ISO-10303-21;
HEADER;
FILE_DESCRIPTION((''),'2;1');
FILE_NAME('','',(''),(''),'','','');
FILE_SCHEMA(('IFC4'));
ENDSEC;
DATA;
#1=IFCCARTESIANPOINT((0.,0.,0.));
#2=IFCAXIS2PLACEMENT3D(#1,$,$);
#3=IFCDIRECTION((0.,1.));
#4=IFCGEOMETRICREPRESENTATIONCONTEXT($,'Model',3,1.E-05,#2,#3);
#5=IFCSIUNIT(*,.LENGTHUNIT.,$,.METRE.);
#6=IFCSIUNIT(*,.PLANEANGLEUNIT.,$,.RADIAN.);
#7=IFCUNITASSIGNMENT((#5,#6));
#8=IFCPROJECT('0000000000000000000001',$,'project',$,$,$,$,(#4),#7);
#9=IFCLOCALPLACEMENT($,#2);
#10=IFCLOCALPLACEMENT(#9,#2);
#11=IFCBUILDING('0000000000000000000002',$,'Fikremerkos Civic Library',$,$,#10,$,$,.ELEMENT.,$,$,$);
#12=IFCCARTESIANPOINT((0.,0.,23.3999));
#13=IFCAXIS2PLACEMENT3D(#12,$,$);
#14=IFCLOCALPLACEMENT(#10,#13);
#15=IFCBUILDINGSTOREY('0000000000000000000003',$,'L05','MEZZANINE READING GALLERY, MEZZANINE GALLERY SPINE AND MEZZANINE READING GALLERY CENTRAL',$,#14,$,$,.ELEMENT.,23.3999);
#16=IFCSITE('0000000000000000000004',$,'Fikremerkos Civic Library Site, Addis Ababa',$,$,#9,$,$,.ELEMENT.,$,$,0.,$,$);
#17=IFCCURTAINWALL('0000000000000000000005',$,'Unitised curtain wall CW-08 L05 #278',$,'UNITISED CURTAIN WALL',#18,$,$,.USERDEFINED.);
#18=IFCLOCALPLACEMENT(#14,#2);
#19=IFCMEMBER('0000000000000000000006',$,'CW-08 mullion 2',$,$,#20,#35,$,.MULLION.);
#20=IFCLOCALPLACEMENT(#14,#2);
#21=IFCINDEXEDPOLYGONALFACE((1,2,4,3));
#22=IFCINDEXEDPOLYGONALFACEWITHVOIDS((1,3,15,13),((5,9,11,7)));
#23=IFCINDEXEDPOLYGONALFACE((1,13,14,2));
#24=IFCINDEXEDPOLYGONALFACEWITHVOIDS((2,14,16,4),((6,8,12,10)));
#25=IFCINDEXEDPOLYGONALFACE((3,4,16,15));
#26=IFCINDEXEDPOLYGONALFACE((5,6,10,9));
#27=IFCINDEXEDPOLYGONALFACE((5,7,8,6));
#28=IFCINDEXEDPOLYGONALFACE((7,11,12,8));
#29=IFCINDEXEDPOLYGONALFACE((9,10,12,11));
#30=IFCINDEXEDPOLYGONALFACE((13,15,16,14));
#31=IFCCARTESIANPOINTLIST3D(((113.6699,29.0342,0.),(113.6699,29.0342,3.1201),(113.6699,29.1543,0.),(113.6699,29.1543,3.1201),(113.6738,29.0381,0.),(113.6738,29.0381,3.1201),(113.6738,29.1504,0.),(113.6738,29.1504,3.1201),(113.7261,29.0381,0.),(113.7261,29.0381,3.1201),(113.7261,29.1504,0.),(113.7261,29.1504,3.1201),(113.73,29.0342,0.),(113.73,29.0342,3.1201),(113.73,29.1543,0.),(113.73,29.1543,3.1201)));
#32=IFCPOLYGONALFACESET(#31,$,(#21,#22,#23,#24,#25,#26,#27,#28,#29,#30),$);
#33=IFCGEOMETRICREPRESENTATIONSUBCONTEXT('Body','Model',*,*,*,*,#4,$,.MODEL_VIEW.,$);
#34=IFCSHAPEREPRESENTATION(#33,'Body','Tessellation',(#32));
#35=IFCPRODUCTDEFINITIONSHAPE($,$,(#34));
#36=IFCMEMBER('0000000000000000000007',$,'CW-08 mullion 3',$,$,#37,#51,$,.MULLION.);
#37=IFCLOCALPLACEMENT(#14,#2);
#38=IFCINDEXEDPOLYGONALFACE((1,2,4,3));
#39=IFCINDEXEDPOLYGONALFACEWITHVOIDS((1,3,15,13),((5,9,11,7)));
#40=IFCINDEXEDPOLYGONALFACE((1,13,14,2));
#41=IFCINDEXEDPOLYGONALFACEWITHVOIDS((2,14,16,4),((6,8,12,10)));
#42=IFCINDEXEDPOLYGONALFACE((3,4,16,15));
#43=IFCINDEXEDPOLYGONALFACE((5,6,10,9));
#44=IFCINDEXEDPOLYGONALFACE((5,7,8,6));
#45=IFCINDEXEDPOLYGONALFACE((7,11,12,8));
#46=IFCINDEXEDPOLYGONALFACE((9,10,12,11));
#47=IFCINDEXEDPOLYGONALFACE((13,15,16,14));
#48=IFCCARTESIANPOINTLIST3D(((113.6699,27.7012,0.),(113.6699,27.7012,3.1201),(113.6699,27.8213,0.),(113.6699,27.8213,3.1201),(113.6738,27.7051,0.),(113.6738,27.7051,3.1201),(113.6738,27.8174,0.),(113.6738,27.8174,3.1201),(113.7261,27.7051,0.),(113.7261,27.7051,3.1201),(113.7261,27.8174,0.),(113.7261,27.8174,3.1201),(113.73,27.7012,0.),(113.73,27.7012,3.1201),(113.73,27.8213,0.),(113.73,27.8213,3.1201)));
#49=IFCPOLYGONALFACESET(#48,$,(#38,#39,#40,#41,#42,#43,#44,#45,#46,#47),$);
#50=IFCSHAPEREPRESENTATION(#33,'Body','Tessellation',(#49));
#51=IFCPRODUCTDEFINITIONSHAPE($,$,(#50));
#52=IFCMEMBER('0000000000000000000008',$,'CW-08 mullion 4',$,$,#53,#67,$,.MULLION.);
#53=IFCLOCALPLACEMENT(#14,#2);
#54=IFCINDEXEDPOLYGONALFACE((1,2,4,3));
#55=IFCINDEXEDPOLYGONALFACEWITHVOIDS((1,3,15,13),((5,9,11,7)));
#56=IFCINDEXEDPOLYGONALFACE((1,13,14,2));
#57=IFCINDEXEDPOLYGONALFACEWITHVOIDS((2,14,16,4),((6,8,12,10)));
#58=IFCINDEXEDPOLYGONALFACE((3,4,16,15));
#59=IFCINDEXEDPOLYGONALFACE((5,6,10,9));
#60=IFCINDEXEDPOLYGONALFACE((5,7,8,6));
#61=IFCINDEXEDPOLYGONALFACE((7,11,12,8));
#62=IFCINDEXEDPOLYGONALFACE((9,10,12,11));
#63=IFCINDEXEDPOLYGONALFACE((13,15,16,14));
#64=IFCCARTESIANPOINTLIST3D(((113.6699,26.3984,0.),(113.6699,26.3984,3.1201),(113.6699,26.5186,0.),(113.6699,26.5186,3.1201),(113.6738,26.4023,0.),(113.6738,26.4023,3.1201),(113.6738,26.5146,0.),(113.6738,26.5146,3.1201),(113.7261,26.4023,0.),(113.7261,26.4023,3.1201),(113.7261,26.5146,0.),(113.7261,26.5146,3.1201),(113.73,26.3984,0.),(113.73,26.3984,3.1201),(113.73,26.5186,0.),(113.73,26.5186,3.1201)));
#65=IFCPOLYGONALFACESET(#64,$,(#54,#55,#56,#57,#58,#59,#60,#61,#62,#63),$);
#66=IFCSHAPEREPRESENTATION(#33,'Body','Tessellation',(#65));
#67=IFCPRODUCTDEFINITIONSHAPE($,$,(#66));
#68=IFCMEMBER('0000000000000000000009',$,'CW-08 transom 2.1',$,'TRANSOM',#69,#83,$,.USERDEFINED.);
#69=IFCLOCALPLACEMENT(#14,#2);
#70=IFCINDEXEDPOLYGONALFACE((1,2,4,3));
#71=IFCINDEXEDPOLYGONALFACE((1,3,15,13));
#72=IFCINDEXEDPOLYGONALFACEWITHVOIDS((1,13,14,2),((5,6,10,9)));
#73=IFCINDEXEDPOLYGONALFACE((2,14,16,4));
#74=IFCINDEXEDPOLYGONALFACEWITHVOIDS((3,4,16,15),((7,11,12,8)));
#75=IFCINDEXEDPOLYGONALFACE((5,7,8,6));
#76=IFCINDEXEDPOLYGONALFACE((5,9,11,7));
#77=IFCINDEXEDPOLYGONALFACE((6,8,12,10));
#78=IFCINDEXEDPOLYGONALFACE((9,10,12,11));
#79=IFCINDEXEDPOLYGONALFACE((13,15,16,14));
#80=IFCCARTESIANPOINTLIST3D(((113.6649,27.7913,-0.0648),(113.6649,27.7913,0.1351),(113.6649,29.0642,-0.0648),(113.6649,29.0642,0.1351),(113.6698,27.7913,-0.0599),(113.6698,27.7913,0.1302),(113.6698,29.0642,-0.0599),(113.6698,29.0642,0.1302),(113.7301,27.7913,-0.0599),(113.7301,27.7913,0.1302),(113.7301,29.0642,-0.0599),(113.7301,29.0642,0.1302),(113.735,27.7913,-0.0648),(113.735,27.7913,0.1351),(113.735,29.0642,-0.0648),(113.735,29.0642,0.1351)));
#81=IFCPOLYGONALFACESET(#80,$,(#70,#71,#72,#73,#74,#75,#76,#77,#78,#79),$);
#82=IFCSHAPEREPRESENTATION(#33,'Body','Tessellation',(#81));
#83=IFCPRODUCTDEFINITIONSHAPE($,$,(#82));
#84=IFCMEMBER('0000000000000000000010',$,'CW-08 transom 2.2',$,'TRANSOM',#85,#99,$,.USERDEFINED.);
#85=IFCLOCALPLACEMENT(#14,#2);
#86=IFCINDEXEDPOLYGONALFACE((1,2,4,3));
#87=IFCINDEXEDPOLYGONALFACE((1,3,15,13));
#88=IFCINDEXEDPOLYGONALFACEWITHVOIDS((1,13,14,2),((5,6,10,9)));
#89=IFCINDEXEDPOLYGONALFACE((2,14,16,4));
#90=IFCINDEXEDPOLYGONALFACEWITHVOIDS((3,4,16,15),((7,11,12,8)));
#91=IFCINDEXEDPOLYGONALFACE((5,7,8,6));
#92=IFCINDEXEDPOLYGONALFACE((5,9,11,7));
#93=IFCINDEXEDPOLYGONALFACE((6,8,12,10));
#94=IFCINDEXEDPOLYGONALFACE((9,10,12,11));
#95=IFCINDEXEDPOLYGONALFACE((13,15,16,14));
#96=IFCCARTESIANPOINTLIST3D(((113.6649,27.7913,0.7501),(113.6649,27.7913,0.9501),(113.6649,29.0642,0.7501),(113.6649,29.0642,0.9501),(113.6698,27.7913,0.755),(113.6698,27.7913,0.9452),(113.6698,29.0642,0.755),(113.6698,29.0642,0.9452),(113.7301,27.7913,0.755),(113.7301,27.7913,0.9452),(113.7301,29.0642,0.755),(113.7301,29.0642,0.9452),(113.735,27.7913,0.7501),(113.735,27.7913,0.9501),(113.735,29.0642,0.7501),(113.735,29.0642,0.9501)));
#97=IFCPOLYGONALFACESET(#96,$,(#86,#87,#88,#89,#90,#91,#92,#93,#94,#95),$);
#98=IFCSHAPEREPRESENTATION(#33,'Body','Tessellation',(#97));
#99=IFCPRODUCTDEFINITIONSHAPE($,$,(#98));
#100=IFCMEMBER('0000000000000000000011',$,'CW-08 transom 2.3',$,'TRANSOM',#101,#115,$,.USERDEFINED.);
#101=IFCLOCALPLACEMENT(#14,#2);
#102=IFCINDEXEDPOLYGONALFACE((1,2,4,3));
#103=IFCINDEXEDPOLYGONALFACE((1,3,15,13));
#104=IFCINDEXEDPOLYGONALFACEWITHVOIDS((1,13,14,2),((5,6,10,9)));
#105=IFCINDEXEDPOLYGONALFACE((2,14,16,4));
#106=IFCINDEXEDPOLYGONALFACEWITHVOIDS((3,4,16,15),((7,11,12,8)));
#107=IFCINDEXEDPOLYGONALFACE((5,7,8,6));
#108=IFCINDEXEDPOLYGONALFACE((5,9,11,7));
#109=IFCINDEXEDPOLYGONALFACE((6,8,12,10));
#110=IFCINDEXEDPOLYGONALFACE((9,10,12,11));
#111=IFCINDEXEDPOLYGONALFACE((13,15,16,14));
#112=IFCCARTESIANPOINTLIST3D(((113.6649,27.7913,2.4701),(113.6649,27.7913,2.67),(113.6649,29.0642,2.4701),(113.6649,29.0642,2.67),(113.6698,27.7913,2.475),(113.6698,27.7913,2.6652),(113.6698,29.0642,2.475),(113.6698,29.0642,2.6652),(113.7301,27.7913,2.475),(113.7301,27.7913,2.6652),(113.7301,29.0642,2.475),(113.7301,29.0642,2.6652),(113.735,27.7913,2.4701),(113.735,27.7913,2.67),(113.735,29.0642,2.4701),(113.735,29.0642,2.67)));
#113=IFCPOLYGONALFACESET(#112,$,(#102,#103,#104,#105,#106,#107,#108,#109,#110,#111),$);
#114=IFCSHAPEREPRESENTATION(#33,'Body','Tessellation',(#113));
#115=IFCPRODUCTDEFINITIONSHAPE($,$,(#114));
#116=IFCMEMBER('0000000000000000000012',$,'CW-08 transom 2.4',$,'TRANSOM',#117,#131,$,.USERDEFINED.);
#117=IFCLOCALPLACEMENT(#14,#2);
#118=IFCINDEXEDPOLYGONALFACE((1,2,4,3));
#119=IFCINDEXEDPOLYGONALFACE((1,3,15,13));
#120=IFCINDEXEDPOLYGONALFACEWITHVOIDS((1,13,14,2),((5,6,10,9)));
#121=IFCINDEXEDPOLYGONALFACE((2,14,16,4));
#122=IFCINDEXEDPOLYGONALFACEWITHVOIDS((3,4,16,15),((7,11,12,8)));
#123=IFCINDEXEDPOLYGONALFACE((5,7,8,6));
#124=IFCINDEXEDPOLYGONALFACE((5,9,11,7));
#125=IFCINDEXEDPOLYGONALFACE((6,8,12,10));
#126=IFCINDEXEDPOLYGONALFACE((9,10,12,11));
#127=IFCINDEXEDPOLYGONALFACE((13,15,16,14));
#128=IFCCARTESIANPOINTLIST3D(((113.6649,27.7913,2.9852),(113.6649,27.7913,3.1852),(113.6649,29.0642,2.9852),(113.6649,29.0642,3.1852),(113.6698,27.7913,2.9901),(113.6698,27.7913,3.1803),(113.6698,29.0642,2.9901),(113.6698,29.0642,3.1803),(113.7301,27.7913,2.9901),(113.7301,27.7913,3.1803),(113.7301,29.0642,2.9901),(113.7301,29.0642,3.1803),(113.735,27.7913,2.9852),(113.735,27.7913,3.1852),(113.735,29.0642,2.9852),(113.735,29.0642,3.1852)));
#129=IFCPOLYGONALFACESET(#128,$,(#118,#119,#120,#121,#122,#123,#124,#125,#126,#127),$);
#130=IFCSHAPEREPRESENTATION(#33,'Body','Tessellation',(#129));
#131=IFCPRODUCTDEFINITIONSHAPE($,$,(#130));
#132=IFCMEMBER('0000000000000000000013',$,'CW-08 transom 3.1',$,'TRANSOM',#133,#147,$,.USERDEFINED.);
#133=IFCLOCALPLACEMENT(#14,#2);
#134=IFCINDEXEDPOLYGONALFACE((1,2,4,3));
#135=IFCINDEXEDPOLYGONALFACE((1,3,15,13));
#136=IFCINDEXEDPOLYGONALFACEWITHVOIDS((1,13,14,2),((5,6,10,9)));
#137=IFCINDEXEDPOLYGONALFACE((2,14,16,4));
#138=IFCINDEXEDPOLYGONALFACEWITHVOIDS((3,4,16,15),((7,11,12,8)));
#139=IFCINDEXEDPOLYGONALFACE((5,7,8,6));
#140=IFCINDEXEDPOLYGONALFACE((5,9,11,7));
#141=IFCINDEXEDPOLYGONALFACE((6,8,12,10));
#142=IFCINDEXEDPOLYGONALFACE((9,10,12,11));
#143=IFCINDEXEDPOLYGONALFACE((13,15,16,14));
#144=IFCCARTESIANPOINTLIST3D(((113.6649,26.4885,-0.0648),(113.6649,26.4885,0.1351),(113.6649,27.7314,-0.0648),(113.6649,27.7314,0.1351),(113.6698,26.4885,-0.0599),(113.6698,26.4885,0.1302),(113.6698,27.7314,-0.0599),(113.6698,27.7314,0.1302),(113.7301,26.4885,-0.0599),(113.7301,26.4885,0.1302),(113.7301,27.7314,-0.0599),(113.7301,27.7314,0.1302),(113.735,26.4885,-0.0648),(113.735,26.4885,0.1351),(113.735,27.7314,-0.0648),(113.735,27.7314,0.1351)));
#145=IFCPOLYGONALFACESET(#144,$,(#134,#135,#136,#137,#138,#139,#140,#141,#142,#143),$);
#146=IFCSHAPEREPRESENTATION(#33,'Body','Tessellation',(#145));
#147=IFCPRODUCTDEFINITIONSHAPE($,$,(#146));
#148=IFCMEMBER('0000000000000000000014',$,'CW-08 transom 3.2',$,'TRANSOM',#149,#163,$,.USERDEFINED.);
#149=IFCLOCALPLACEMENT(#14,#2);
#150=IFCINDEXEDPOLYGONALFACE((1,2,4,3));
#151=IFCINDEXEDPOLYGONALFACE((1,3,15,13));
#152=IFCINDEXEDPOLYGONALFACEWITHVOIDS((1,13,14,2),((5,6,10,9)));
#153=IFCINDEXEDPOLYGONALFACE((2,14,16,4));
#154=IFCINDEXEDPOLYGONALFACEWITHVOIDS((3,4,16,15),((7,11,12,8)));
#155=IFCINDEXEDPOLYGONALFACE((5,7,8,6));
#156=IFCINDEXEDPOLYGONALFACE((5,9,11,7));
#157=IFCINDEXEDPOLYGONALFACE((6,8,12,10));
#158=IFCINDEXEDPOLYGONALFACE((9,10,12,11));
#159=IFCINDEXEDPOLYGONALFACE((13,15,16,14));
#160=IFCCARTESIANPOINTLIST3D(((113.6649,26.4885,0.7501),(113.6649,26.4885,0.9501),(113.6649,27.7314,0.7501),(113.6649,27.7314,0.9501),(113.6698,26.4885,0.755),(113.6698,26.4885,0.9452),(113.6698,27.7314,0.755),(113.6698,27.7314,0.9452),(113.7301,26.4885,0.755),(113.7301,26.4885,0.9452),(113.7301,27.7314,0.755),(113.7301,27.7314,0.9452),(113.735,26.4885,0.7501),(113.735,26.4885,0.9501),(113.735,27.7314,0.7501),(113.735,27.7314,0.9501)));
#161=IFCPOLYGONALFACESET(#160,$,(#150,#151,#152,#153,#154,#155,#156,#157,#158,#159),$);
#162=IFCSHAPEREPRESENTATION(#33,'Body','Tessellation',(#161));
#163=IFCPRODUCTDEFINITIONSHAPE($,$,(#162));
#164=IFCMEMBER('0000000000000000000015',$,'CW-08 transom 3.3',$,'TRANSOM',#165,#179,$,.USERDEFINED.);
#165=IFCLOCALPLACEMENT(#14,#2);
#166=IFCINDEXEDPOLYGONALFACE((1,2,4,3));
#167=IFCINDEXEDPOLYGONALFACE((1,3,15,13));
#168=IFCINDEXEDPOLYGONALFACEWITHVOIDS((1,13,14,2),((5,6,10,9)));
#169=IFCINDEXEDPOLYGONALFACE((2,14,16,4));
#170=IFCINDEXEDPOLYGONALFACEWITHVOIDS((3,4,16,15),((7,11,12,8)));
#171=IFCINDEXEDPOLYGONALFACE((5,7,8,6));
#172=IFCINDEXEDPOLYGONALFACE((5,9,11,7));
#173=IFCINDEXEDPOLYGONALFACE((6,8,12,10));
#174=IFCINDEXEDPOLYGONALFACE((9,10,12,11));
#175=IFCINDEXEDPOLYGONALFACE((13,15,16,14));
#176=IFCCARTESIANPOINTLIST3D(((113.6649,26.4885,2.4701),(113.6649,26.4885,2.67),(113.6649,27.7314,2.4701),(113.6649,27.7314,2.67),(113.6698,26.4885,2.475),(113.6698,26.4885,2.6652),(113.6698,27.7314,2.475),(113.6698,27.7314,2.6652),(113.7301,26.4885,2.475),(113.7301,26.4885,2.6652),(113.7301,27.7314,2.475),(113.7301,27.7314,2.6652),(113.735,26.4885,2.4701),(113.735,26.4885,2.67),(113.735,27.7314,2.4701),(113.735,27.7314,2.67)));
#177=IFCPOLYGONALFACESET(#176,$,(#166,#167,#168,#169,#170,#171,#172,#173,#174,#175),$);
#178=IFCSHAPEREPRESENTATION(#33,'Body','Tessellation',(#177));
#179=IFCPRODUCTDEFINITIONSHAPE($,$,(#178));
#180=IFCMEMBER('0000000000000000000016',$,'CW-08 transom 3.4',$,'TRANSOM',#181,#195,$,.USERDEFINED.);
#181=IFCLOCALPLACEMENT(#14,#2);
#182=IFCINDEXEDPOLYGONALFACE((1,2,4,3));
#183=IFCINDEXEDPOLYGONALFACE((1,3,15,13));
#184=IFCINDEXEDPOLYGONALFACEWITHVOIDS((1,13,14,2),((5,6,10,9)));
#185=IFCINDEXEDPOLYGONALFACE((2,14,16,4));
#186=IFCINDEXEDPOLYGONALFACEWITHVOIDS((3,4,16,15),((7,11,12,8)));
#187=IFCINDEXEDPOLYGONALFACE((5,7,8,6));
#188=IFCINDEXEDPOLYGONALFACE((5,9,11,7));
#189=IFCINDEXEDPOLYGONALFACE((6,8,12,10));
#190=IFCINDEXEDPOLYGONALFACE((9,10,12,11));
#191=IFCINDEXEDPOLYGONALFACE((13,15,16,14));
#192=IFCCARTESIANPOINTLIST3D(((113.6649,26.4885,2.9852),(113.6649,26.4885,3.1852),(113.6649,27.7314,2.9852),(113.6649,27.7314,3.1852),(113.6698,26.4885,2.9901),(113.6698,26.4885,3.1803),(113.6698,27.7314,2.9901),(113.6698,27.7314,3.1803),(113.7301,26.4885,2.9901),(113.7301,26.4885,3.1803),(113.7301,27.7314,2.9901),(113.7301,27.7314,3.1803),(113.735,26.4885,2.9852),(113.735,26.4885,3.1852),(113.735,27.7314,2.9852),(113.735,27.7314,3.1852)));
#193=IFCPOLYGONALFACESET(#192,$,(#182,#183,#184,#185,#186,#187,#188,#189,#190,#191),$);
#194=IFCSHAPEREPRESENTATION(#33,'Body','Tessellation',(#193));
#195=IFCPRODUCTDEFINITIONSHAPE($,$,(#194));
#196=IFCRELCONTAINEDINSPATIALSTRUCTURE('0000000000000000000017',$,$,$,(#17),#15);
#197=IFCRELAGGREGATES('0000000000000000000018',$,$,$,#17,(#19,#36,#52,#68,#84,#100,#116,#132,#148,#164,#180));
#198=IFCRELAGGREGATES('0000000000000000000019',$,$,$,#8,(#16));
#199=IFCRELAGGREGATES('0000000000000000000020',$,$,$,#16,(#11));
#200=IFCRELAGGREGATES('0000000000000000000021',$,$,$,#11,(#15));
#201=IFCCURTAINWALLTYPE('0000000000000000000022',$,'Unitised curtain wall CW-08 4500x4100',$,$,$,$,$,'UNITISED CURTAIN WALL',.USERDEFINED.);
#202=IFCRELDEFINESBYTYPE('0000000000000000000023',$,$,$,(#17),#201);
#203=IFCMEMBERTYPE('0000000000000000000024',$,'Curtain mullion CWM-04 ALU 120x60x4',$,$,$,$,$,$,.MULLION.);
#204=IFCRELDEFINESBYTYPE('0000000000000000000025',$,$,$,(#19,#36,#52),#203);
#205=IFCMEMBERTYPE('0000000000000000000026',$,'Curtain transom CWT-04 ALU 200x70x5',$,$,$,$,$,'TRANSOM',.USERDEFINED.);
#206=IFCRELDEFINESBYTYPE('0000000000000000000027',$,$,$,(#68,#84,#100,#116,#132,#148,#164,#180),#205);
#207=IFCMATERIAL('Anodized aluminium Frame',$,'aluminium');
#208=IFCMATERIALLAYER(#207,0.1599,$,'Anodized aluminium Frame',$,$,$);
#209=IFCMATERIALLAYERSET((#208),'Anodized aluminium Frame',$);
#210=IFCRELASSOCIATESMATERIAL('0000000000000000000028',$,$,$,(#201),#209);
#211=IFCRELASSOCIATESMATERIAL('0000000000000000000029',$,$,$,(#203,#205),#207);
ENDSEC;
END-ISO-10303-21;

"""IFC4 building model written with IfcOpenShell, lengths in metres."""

from ifc_helpers import new_model, si_unit, direction, frame, origin, origin_2d, place, context, subcontext, project, spatial, hollow_rectangle, extrude, material, layer, layer_set, material_profile, profile_set, type_object, element, aggregate, save


model = new_model("IFC4")

# Units and contexts
model_context = context("Model", 3, precision=1e-05, world=origin(), true_north=direction((0.0, 1.0)))
body_context = subcontext(model_context, "Body", "Model", "MODEL_VIEW")
ifc_project = project(units=[si_unit("LENGTHUNIT", "METRE"), si_unit("PLANEANGLEUNIT", "RADIAN")], contexts=[model_context])

# Site, building, storey
site_placement = place(None, origin())
site = spatial("IfcSite", under=ifc_project, at=site_placement, Name="Fikremerkos Civic Library Site, Addis Ababa", CompositionType="ELEMENT", RefElevation=0.0)
building_placement = place(site_placement, origin())
building = spatial("IfcBuilding", under=site, at=building_placement, Name="Fikremerkos Civic Library", CompositionType="ELEMENT")
storey_placement = place(building_placement, frame((0.0, 0.0, 23.3999)))
storey = spatial("IfcBuildingStorey", under=building, at=storey_placement, Name="L05", Description="MEZZANINE READING GALLERY, MEZZANINE GALLERY SPINE AND MEZZANINE READING GALLERY CENTRAL", CompositionType="ELEMENT", Elevation=23.3999)

# Curtain wall, members
ifc_material_1 = material(Name="Anodized aluminium Frame", Category="aluminium")
ifc_layer_1 = layer(ifc_material_1, 0.1599, Name="Anodized aluminium Frame")
ifc_layer_set_1 = layer_set([ifc_layer_1], Name="Anodized aluminium Frame")
curtain_wall_type = type_object("IfcCurtainWallType", Name="Unitised curtain wall CW-08 4500x4100", ElementType="UNITISED CURTAIN WALL", PredefinedType="USERDEFINED", material=ifc_layer_set_1)
curtain_wall_placement = place(storey_placement, origin())
curtain_wall = element("IfcCurtainWall", 1, at=curtain_wall_placement, inside=storey, type_object=curtain_wall_type, Name="Unitised curtain wall CW-08 L05 #278", ObjectType="UNITISED CURTAIN WALL", PredefinedType="USERDEFINED")
ifc_material_profile_1 = material_profile(ifc_material_1, hollow_rectangle(XDim=0.0601, YDim=0.1201, WallThickness=0.0039, at=origin_2d()), Name="ALU 120x60x4")
ifc_profile_set_1 = profile_set([ifc_material_profile_1], Name="Anodized aluminium Frame")
member_type_1 = type_object("IfcMemberType", Name="Curtain mullion CWM-04 ALU 120x60x4", PredefinedType="MULLION", material=ifc_profile_set_1)
member_1_placement = place(storey_placement, frame((113.7, 29.0942, 0.0), z_axis=(0.0, 0.0, 1.0), x_axis=(1.0, 0.0, 0.0)))
member_1 = element("IfcMember", 2, at=member_1_placement, type_object=member_type_1, Name="CW-08 mullion 2", PredefinedType="MULLION", context=body_context, shape_type="SweptSolid", body=[
    extrude(hollow_rectangle(XDim=0.0601, YDim=0.1201, WallThickness=0.0039, at=origin_2d()), origin(), (0.0, 0.0, 1.0), 3.1201),
])
member_2_placement = place(storey_placement, frame((113.7, 27.7612, 0.0), z_axis=(0.0, 0.0, 1.0), x_axis=(1.0, 0.0, 0.0)))
member_2 = element("IfcMember", 3, at=member_2_placement, type_object=member_type_1, Name="CW-08 mullion 3", PredefinedType="MULLION", context=body_context, shape_type="SweptSolid", body=[
    extrude(hollow_rectangle(XDim=0.0601, YDim=0.1201, WallThickness=0.0039, at=origin_2d()), origin(), (0.0, 0.0, 1.0), 3.1201),
])
member_3_placement = place(storey_placement, frame((113.7, 26.4585, 0.0), z_axis=(0.0, 0.0, 1.0), x_axis=(1.0, 0.0, 0.0)))
member_3 = element("IfcMember", 4, at=member_3_placement, type_object=member_type_1, Name="CW-08 mullion 4", PredefinedType="MULLION", context=body_context, shape_type="SweptSolid", body=[
    extrude(hollow_rectangle(XDim=0.0601, YDim=0.1201, WallThickness=0.0039, at=origin_2d()), origin(), (0.0, 0.0, 1.0), 3.1201),
])
ifc_material_profile_2 = material_profile(ifc_material_1, hollow_rectangle(XDim=0.0701, YDim=0.2, WallThickness=0.0049, at=origin_2d()), Name="ALU 200x70x5")
ifc_profile_set_2 = profile_set([ifc_material_profile_2], Name="Anodized aluminium Frame")
member_type_2 = type_object("IfcMemberType", Name="Curtain transom CWT-04 ALU 200x70x5", ElementType="TRANSOM", PredefinedType="USERDEFINED", material=ifc_profile_set_2)
member_4_placement = place(storey_placement, frame((113.7, 29.0642, 0.0352), z_axis=(0.0, -1.0, 0.0), x_axis=(1.0, 0.0, 0.0)))
member_4 = element("IfcMember", 5, at=member_4_placement, type_object=member_type_2, Name="CW-08 transom 2.1", ObjectType="TRANSOM", PredefinedType="USERDEFINED", context=body_context, shape_type="SweptSolid", body=[
    extrude(hollow_rectangle(XDim=0.0701, YDim=0.2, WallThickness=0.0049, at=origin_2d()), origin(), (0.0, 0.0, 1.0), 1.2729),
])
member_5_placement = place(storey_placement, frame((113.7, 29.0642, 0.8501), z_axis=(0.0, -1.0, 0.0), x_axis=(1.0, 0.0, 0.0)))
member_5 = element("IfcMember", 6, at=member_5_placement, type_object=member_type_2, Name="CW-08 transom 2.2", ObjectType="TRANSOM", PredefinedType="USERDEFINED", context=body_context, shape_type="SweptSolid", body=[
    extrude(hollow_rectangle(XDim=0.0701, YDim=0.2, WallThickness=0.0049, at=origin_2d()), origin(), (0.0, 0.0, 1.0), 1.2729),
])
member_6_placement = place(storey_placement, frame((113.7, 29.0642, 2.5701), z_axis=(0.0, -1.0, 0.0), x_axis=(1.0, 0.0, 0.0)))
member_6 = element("IfcMember", 7, at=member_6_placement, type_object=member_type_2, Name="CW-08 transom 2.3", ObjectType="TRANSOM", PredefinedType="USERDEFINED", context=body_context, shape_type="SweptSolid", body=[
    extrude(hollow_rectangle(XDim=0.0701, YDim=0.2, WallThickness=0.0049, at=origin_2d()), origin(), (0.0, 0.0, 1.0), 1.2729),
])
member_7_placement = place(storey_placement, frame((113.7, 29.0642, 3.0852), z_axis=(0.0, -1.0, 0.0), x_axis=(1.0, 0.0, 0.0)))
member_7 = element("IfcMember", 8, at=member_7_placement, type_object=member_type_2, Name="CW-08 transom 2.4", ObjectType="TRANSOM", PredefinedType="USERDEFINED", context=body_context, shape_type="SweptSolid", body=[
    extrude(hollow_rectangle(XDim=0.0701, YDim=0.2, WallThickness=0.0049, at=origin_2d()), origin(), (0.0, 0.0, 1.0), 1.2729),
])
member_8_placement = place(storey_placement, frame((113.7, 27.7314, 0.0352), z_axis=(0.0, -1.0, 0.0), x_axis=(1.0, 0.0, 0.0)))
member_8 = element("IfcMember", 9, at=member_8_placement, type_object=member_type_2, Name="CW-08 transom 3.1", ObjectType="TRANSOM", PredefinedType="USERDEFINED", context=body_context, shape_type="SweptSolid", body=[
    extrude(hollow_rectangle(XDim=0.0701, YDim=0.2, WallThickness=0.0049, at=origin_2d()), origin(), (0.0, 0.0, 1.0), 1.2429),
])
member_9_placement = place(storey_placement, frame((113.7, 27.7314, 0.8501), z_axis=(0.0, -1.0, 0.0), x_axis=(1.0, 0.0, 0.0)))
member_9 = element("IfcMember", 10, at=member_9_placement, type_object=member_type_2, Name="CW-08 transom 3.2", ObjectType="TRANSOM", PredefinedType="USERDEFINED", context=body_context, shape_type="SweptSolid", body=[
    extrude(hollow_rectangle(XDim=0.0701, YDim=0.2, WallThickness=0.0049, at=origin_2d()), origin(), (0.0, 0.0, 1.0), 1.2429),
])
member_10_placement = place(storey_placement, frame((113.7, 27.7314, 2.5701), z_axis=(0.0, -1.0, 0.0), x_axis=(1.0, 0.0, 0.0)))
member_10 = element("IfcMember", 11, at=member_10_placement, type_object=member_type_2, Name="CW-08 transom 3.3", ObjectType="TRANSOM", PredefinedType="USERDEFINED", context=body_context, shape_type="SweptSolid", body=[
    extrude(hollow_rectangle(XDim=0.0701, YDim=0.2, WallThickness=0.0049, at=origin_2d()), origin(), (0.0, 0.0, 1.0), 1.2429),
])
member_11_placement = place(storey_placement, frame((113.7, 27.7314, 3.0852), z_axis=(0.0, -1.0, 0.0), x_axis=(1.0, 0.0, 0.0)))
member_11 = element("IfcMember", 12, at=member_11_placement, type_object=member_type_2, Name="CW-08 transom 3.4", ObjectType="TRANSOM", PredefinedType="USERDEFINED", context=body_context, shape_type="SweptSolid", body=[
    extrude(hollow_rectangle(XDim=0.0701, YDim=0.2, WallThickness=0.0049, at=origin_2d()), origin(), (0.0, 0.0, 1.0), 1.2429),
])
aggregate(curtain_wall, [member_1, member_2, member_3, member_4, member_5, member_6, member_7, member_8, member_9, member_10, member_11])

save(model, "model.ifc")
